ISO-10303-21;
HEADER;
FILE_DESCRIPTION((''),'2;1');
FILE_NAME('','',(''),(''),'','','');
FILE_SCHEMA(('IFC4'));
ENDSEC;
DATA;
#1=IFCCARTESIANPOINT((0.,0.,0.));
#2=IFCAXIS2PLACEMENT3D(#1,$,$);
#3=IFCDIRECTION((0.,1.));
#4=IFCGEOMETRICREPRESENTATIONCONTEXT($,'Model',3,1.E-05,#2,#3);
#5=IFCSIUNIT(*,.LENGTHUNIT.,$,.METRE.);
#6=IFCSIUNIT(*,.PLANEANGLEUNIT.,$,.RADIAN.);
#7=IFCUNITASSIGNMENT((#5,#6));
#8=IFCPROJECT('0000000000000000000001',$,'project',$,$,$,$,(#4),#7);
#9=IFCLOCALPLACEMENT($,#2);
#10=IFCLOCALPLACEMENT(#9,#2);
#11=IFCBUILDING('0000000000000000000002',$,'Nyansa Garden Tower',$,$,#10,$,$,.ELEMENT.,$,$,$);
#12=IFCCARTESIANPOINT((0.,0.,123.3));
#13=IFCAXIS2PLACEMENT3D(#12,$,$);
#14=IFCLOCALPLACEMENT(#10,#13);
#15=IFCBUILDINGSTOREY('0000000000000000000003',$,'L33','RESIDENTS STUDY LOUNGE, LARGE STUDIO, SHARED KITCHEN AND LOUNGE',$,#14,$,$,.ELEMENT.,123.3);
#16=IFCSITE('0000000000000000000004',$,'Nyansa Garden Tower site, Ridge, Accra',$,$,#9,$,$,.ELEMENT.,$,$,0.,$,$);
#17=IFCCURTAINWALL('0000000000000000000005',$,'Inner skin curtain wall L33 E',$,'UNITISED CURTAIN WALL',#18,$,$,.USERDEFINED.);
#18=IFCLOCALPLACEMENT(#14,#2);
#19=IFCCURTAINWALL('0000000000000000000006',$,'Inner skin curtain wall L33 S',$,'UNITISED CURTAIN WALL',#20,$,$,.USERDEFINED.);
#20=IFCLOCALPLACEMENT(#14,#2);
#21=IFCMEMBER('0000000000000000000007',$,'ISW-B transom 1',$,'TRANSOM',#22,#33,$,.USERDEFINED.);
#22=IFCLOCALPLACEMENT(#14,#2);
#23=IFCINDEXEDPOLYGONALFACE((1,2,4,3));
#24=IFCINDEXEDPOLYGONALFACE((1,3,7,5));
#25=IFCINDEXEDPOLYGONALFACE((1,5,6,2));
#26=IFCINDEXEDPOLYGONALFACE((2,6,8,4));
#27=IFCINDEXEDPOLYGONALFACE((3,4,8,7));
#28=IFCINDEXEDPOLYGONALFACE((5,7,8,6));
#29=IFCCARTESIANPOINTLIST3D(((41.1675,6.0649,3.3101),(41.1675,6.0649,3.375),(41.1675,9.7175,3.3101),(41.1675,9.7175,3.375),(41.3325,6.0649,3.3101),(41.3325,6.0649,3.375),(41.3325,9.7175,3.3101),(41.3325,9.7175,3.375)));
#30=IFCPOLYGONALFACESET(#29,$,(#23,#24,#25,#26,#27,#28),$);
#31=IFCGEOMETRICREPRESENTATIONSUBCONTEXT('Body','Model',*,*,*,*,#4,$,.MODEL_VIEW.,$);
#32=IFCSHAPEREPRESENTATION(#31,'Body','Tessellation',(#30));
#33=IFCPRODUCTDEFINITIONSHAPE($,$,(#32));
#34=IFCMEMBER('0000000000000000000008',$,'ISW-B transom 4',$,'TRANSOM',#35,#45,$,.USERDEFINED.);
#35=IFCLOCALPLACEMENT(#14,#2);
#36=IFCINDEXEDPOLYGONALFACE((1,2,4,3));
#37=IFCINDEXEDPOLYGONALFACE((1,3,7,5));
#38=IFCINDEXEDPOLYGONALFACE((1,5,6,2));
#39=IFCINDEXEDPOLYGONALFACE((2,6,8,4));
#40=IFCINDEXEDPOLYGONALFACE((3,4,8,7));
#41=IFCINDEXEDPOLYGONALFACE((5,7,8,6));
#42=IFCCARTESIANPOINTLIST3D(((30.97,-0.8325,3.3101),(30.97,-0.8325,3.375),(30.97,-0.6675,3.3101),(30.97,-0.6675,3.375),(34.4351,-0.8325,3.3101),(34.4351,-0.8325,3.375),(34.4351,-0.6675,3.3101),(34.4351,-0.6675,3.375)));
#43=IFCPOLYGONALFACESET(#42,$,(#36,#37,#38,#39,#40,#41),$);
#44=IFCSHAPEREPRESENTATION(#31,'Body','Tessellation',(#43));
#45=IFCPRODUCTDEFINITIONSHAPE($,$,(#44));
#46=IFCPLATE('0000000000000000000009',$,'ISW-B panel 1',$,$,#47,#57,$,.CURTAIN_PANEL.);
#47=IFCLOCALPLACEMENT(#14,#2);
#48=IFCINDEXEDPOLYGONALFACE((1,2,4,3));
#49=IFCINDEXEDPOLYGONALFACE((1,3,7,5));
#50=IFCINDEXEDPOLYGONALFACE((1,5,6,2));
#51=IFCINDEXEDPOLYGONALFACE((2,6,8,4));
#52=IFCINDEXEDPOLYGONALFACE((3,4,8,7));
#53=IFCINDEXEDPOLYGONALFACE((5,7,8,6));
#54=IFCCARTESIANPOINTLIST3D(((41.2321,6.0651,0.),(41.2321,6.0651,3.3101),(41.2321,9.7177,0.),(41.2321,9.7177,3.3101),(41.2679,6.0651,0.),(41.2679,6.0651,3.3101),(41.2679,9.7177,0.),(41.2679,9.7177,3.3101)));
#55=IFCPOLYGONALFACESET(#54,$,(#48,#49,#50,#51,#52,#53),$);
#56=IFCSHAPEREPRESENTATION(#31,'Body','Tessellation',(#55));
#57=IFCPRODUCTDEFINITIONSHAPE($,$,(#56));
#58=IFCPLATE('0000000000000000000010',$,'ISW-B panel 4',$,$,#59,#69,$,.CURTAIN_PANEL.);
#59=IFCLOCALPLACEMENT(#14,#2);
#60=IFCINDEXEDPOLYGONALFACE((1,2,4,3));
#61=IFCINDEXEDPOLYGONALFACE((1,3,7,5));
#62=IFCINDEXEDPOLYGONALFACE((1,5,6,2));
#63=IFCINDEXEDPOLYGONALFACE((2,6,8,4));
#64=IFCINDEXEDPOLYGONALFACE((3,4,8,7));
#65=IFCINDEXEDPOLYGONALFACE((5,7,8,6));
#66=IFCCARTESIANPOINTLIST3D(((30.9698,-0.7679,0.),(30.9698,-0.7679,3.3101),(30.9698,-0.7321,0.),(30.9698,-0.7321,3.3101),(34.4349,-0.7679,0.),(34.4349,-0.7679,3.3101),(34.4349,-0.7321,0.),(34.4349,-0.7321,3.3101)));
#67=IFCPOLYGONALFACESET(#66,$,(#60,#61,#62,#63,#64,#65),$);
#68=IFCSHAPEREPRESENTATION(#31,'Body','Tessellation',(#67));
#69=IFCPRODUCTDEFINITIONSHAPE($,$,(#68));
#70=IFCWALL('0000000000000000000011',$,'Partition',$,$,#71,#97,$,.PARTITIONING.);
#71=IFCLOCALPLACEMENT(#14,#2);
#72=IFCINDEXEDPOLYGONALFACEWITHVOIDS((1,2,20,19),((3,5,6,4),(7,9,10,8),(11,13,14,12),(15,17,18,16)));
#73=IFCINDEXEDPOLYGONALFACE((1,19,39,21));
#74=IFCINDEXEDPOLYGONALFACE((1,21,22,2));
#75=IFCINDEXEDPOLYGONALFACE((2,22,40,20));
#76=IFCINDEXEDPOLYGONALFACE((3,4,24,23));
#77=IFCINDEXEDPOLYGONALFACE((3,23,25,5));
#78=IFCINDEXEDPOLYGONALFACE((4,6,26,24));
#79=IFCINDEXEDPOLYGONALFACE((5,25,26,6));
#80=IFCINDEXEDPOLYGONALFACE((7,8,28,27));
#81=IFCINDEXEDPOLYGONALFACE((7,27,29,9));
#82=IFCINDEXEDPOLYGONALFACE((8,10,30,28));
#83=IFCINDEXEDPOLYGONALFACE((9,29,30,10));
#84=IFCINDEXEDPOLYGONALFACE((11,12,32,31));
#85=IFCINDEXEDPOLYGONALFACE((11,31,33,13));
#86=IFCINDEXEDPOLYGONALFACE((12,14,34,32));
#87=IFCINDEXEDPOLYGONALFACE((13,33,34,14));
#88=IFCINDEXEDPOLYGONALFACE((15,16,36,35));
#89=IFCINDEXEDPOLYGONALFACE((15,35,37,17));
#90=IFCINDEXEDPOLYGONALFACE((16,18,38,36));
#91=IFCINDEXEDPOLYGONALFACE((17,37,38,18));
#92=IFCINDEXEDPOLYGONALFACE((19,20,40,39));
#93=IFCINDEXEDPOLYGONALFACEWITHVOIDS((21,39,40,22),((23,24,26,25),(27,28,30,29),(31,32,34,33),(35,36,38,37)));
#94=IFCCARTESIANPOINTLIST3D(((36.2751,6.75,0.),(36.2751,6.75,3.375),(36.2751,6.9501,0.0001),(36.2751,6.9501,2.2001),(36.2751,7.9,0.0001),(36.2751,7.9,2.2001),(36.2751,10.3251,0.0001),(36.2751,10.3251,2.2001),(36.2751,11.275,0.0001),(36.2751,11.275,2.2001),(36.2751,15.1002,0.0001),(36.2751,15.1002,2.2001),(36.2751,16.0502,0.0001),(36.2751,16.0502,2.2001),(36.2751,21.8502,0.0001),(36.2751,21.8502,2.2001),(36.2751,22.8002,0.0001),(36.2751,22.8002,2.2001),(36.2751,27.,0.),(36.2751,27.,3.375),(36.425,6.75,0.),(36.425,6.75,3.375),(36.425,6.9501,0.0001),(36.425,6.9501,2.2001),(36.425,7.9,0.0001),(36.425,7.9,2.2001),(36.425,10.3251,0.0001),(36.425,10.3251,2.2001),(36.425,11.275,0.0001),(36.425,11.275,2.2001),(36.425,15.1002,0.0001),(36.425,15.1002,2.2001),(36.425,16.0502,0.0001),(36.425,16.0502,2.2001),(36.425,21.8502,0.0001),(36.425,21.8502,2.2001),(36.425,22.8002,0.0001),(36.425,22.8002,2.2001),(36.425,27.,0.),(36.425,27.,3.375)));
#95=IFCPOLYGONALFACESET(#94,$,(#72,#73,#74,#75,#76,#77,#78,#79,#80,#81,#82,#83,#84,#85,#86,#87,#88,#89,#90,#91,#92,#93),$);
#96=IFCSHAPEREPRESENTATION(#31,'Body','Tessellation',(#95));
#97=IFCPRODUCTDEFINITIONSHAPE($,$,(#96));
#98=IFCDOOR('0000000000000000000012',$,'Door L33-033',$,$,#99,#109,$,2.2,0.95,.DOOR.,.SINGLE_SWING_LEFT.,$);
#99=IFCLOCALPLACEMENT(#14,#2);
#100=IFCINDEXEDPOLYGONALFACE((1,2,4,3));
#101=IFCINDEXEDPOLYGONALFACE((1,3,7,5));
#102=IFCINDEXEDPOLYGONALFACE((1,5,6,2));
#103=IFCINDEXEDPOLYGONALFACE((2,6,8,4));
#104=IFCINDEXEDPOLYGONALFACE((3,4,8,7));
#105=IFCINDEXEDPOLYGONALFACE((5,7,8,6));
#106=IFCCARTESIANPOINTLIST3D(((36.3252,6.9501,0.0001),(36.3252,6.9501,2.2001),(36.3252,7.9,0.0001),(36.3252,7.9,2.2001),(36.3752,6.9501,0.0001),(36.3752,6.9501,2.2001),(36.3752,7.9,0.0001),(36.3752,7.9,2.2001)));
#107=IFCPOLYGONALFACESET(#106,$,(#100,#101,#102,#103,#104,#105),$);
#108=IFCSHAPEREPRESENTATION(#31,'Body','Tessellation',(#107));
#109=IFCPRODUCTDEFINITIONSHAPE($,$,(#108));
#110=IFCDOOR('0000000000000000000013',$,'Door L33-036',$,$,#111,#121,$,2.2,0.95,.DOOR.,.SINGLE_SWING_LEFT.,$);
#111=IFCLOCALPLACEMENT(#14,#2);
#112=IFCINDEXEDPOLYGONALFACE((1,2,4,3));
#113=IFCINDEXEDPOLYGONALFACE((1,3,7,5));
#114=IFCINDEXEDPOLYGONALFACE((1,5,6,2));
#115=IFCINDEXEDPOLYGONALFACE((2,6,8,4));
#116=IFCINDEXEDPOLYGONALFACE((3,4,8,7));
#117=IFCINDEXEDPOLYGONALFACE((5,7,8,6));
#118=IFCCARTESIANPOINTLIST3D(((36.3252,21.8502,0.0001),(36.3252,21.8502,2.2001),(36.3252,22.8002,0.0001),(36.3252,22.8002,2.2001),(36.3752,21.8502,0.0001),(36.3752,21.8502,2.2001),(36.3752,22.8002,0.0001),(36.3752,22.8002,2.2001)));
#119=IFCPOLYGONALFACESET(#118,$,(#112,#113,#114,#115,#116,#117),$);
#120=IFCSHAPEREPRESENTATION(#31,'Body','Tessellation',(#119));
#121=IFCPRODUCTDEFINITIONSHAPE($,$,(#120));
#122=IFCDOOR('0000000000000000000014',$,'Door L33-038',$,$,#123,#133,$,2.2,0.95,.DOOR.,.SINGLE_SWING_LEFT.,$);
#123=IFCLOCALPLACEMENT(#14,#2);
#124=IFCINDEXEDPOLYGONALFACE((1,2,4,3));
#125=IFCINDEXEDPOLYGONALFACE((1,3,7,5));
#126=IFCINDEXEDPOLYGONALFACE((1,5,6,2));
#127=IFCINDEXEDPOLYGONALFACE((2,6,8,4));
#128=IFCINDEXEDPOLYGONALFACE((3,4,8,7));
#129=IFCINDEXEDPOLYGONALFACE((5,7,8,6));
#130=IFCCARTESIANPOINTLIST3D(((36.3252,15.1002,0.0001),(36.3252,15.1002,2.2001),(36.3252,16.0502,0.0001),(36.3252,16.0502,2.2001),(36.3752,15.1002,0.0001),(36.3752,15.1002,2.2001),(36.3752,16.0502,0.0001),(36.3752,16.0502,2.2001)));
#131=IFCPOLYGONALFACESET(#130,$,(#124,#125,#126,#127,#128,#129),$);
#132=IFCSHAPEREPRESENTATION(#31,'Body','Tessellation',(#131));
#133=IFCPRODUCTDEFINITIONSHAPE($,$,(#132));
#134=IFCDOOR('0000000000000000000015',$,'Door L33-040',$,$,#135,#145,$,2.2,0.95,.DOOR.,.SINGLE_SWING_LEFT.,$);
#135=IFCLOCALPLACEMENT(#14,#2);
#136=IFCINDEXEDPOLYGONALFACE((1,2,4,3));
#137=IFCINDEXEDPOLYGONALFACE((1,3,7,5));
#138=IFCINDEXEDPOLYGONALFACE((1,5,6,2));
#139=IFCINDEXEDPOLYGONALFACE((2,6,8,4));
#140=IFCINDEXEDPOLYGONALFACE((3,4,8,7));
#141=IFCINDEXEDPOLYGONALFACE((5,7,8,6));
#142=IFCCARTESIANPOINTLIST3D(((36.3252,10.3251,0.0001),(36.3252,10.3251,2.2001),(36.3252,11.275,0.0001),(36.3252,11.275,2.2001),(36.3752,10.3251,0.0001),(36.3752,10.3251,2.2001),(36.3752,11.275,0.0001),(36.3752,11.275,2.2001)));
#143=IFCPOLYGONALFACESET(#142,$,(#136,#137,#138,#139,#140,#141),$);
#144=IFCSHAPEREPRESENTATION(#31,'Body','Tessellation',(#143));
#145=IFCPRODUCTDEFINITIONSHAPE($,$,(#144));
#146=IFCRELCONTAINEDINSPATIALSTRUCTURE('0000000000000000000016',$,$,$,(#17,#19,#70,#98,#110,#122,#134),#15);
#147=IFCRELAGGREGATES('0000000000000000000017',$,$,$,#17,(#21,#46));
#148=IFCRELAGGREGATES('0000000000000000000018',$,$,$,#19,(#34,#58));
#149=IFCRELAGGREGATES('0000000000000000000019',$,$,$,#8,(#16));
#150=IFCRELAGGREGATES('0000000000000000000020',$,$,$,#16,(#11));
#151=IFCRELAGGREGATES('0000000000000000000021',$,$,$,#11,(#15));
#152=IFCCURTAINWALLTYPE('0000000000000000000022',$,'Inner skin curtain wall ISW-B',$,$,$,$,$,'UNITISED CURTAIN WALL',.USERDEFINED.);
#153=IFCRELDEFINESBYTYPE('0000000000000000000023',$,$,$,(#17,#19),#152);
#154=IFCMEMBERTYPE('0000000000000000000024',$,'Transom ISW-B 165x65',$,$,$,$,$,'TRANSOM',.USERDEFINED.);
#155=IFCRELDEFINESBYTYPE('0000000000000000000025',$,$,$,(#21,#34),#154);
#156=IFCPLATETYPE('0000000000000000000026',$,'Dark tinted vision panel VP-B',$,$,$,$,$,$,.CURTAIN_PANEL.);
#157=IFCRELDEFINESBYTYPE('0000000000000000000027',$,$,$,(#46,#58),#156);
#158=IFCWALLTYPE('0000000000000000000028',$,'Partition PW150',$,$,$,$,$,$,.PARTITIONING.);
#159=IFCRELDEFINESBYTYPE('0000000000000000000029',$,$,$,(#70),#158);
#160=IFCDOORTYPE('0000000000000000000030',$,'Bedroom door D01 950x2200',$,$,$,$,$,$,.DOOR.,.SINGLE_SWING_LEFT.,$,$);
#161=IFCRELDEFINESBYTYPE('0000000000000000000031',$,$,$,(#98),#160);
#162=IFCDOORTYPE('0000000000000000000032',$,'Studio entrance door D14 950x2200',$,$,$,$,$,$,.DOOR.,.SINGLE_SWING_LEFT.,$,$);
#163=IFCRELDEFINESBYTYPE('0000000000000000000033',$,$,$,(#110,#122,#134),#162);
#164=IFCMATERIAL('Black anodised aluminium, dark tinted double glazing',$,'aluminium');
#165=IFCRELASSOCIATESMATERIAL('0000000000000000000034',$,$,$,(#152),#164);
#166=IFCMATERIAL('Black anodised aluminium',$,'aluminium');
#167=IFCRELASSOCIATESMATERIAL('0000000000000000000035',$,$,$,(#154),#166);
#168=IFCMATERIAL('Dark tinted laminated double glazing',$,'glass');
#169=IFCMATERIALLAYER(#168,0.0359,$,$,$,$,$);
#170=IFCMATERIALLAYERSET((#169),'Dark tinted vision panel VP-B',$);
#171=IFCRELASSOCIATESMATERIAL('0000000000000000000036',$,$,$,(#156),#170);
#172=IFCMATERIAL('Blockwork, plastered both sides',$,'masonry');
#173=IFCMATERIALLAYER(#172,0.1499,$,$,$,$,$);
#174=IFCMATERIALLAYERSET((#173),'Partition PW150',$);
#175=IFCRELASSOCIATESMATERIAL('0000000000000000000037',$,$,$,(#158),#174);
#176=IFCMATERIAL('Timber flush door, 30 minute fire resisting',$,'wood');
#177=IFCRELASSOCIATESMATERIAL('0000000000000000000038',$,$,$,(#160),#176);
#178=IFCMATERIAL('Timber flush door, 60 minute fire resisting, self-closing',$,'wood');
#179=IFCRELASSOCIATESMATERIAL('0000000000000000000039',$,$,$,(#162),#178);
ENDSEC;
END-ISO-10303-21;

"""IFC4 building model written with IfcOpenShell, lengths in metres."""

from ifc_helpers import new_model, si_unit, direction, frame, frame_2d, origin, origin_2d, place, context, subcontext, project, spatial, rectangle, extrude, material, layer, layer_set, material_profile, profile_set, type_object, element, fill, aggregate, save


model = new_model("IFC4")

# Units and contexts
model_context = context("Model", 3, precision=1e-05, world=origin(), true_north=direction((0.0, 1.0)))
body_context = subcontext(model_context, "Body", "Model", "MODEL_VIEW")
ifc_project = project(units=[si_unit("LENGTHUNIT", "METRE"), si_unit("PLANEANGLEUNIT", "RADIAN")], contexts=[model_context])

# Site, building, storey
site_placement = place(None, origin())
site = spatial("IfcSite", under=ifc_project, at=site_placement, Name="Nyansa Garden Tower site, Ridge, Accra", CompositionType="ELEMENT", RefElevation=0.0)
building_placement = place(site_placement, origin())
building = spatial("IfcBuilding", under=site, at=building_placement, Name="Nyansa Garden Tower", CompositionType="ELEMENT")
storey_placement = place(building_placement, frame((0.0, 0.0, 123.3)))
storey = spatial("IfcBuildingStorey", under=building, at=storey_placement, Name="L33", Description="RESIDENTS STUDY LOUNGE, LARGE STUDIO, SHARED KITCHEN AND LOUNGE", CompositionType="ELEMENT", Elevation=123.3)

# Curtain wall
ifc_material_1 = material(Name="Black anodised aluminium, dark tinted double glazing", Category="aluminium")
curtain_wall_type = type_object("IfcCurtainWallType", Name="Inner skin curtain wall ISW-B", ElementType="UNITISED CURTAIN WALL", PredefinedType="USERDEFINED", material=ifc_material_1)
curtain_wall_1_placement = place(storey_placement, origin())
curtain_wall_1 = element("IfcCurtainWall", 1, at=curtain_wall_1_placement, inside=storey, type_object=curtain_wall_type, Name="Inner skin curtain wall L33 E", ObjectType="UNITISED CURTAIN WALL", PredefinedType="USERDEFINED")

# Curtain wall
curtain_wall_2_placement = place(storey_placement, origin())
curtain_wall_2 = element("IfcCurtainWall", 2, at=curtain_wall_2_placement, inside=storey, type_object=curtain_wall_type, Name="Inner skin curtain wall L33 S", ObjectType="UNITISED CURTAIN WALL", PredefinedType="USERDEFINED")

# Members
ifc_material_2 = material(Name="Black anodised aluminium", Category="aluminium")
ifc_material_profile_1 = material_profile(ifc_material_2, rectangle(XDim=0.165, YDim=0.0649, at=origin_2d()), Name="Transom 165x65")
ifc_profile_set_1 = profile_set([ifc_material_profile_1], Name="Black anodised aluminium")
member_type_1 = type_object("IfcMemberType", Name="Transom ISW-B 165x65", ElementType="TRANSOM", PredefinedType="USERDEFINED", material=ifc_profile_set_1)
member_1_placement = place(storey_placement, frame((41.25, 6.0649, 3.3425), z_axis=(0.0, 1.0, 0.0), x_axis=(-1.0, 0.0, 0.0)))
member_1 = element("IfcMember", 3, at=member_1_placement, type_object=member_type_1, Name="ISW-B transom 1", ObjectType="TRANSOM", PredefinedType="USERDEFINED", context=body_context, shape_type="SweptSolid", body=[
    extrude(rectangle(XDim=0.165, YDim=0.0649, at=origin_2d()), origin(), (0.0, 0.0, 1.0), 3.6526),
])
member_2_placement = place(storey_placement, frame((30.97, -0.75, 3.3425), z_axis=(1.0, 0.0, 0.0), x_axis=(0.0, 1.0, 0.0)))
member_2 = element("IfcMember", 4, at=member_2_placement, type_object=member_type_1, Name="ISW-B transom 4", ObjectType="TRANSOM", PredefinedType="USERDEFINED", context=body_context, shape_type="SweptSolid", body=[
    extrude(rectangle(XDim=0.165, YDim=0.0649, at=origin_2d()), origin(), (0.0, 0.0, 1.0), 3.4651),
])

# Plates
ifc_material_3 = material(Name="Dark tinted laminated double glazing", Category="glass")
ifc_layer_1 = layer(ifc_material_3, 0.0359)
ifc_layer_set_1 = layer_set([ifc_layer_1], Name="Dark tinted vision panel VP-B")
plate_type = type_object("IfcPlateType", Name="Dark tinted vision panel VP-B", PredefinedType="CURTAIN_PANEL", material=ifc_layer_set_1)
plate_1_placement = place(storey_placement, frame((41.25, 7.8914, 0.0), z_axis=(0.0, 0.0, 1.0), x_axis=(0.0, 1.0, 0.0)))
plate_1 = element("IfcPlate", 5, at=plate_1_placement, type_object=plate_type, Name="ISW-B panel 1", PredefinedType="CURTAIN_PANEL", context=body_context, shape_type="SweptSolid", body=[
    extrude(rectangle(XDim=3.6526, YDim=0.0359, at=origin_2d()), origin(), (0.0, 0.0, 1.0), 3.3101),
])
aggregate(curtain_wall_1, [member_1, plate_1])
plate_2_placement = place(storey_placement, frame((32.7024, -0.75, 0.0), z_axis=(0.0, 0.0, 1.0), x_axis=(1.0, 0.0, 0.0)))
plate_2 = element("IfcPlate", 6, at=plate_2_placement, type_object=plate_type, Name="ISW-B panel 4", PredefinedType="CURTAIN_PANEL", context=body_context, shape_type="SweptSolid", body=[
    extrude(rectangle(XDim=3.4651, YDim=0.0359, at=origin_2d()), origin(), (0.0, 0.0, 1.0), 3.3101),
])
aggregate(curtain_wall_2, [member_2, plate_2])

# Wall, openings, doors
ifc_material_4 = material(Name="Blockwork, plastered both sides", Category="masonry")
ifc_layer_2 = layer(ifc_material_4, 0.1499)
ifc_layer_set_2 = layer_set([ifc_layer_2], Name="Partition PW150")
wall_type_1 = type_object("IfcWallType", Name="Partition PW150", PredefinedType="PARTITIONING", material=ifc_layer_set_2)
wall_1_placement = place(storey_placement, frame((36.3501, 6.75, 0.0), z_axis=(0.0, 0.0, 1.0), x_axis=(0.0, 1.0, 0.0)))
wall_1 = element("IfcWall", 7, at=wall_1_placement, inside=storey, type_object=wall_type_1, Name="Partition", PredefinedType="PARTITIONING", context=body_context, shape_type="SweptSolid", body=[
    extrude(rectangle(XDim=20.25, YDim=0.1499, at=frame_2d((10.125, 0.0))), origin(), (0.0, 0.0, 1.0), 3.375),
])
opening_1_placement = place(wall_1_placement, frame((0.2, 0.0, 0.0)))
opening_1 = element("IfcOpeningElement", 8, at=opening_1_placement, cuts=wall_1, PredefinedType="OPENING", context=body_context, shape_type="SweptSolid", body=[
    extrude(rectangle(XDim=0.95, YDim=2.2, at=frame_2d((0.4751, 1.1001))), frame((0.0, 0.085, 0.0), z_axis=(0.0, -1.0, 0.0), x_axis=(1.0, 0.0, 0.0)), (0.0, 0.0, 1.0), 0.1699),
])
opening_2_placement = place(wall_1_placement, frame((15.1001, 0.0, 0.0)))
opening_2 = element("IfcOpeningElement", 9, at=opening_2_placement, cuts=wall_1, PredefinedType="OPENING", context=body_context, shape_type="SweptSolid", body=[
    extrude(rectangle(XDim=0.95, YDim=2.2, at=frame_2d((0.4751, 1.1001))), frame((0.0, 0.085, 0.0), z_axis=(0.0, -1.0, 0.0), x_axis=(1.0, 0.0, 0.0)), (0.0, 0.0, 1.0), 0.1699),
])
opening_3_placement = place(wall_1_placement, frame((8.3501, 0.0, 0.0)))
opening_3 = element("IfcOpeningElement", 10, at=opening_3_placement, cuts=wall_1, PredefinedType="OPENING", context=body_context, shape_type="SweptSolid", body=[
    extrude(rectangle(XDim=0.95, YDim=2.2, at=frame_2d((0.4751, 1.1001))), frame((0.0, 0.085, 0.0), z_axis=(0.0, -1.0, 0.0), x_axis=(1.0, 0.0, 0.0)), (0.0, 0.0, 1.0), 0.1699),
])
opening_4_placement = place(wall_1_placement, frame((3.575, 0.0, 0.0)))
opening_4 = element("IfcOpeningElement", 11, at=opening_4_placement, cuts=wall_1, PredefinedType="OPENING", context=body_context, shape_type="SweptSolid", body=[
    extrude(rectangle(XDim=0.95, YDim=2.2, at=frame_2d((0.4751, 1.1001))), frame((0.0, 0.085, 0.0), z_axis=(0.0, -1.0, 0.0), x_axis=(1.0, 0.0, 0.0)), (0.0, 0.0, 1.0), 0.1699),
])
ifc_material_5 = material(Name="Timber flush door, 30 minute fire resisting", Category="wood")
door_type_1 = type_object("IfcDoorType", Name="Bedroom door D01 950x2200", OperationType="SINGLE_SWING_LEFT", PredefinedType="DOOR", material=ifc_material_5)
door_1_placement = place(opening_1_placement, origin())
door_1 = element("IfcDoor", 12, at=door_1_placement, inside=storey, type_object=door_type_1, Name="Door L33-033", OperationType="SINGLE_SWING_LEFT", OverallHeight=2.2, OverallWidth=0.95, PredefinedType="DOOR", context=body_context, shape_type="SweptSolid", body=[
    extrude(rectangle(XDim=0.95, YDim=2.2, at=frame_2d((0.4751, 1.1001))), frame((0.0, 0.0249, 0.0), z_axis=(0.0, -1.0, 0.0), x_axis=(1.0, 0.0, 0.0)), (0.0, 0.0, 1.0), 0.05),
])
fill(opening_1, door_1)
ifc_material_6 = material(Name="Timber flush door, 60 minute fire resisting, self-closing", Category="wood")
door_type_2 = type_object("IfcDoorType", Name="Studio entrance door D14 950x2200", OperationType="SINGLE_SWING_LEFT", PredefinedType="DOOR", material=ifc_material_6)
door_2_placement = place(opening_2_placement, origin())
door_2 = element("IfcDoor", 13, at=door_2_placement, inside=storey, type_object=door_type_2, Name="Door L33-036", OperationType="SINGLE_SWING_LEFT", OverallHeight=2.2, OverallWidth=0.95, PredefinedType="DOOR", context=body_context, shape_type="SweptSolid", body=[
    extrude(rectangle(XDim=0.95, YDim=2.2, at=frame_2d((0.4751, 1.1001))), frame((0.0, 0.0249, 0.0), z_axis=(0.0, -1.0, 0.0), x_axis=(1.0, 0.0, 0.0)), (0.0, 0.0, 1.0), 0.05),
])
fill(opening_2, door_2)
door_3_placement = place(opening_3_placement, origin())
door_3 = element("IfcDoor", 14, at=door_3_placement, inside=storey, type_object=door_type_2, Name="Door L33-038", OperationType="SINGLE_SWING_LEFT", OverallHeight=2.2, OverallWidth=0.95, PredefinedType="DOOR", context=body_context, shape_type="SweptSolid", body=[
    extrude(rectangle(XDim=0.95, YDim=2.2, at=frame_2d((0.4751, 1.1001))), frame((0.0, 0.0249, 0.0), z_axis=(0.0, -1.0, 0.0), x_axis=(1.0, 0.0, 0.0)), (0.0, 0.0, 1.0), 0.05),
])
fill(opening_3, door_3)
door_4_placement = place(opening_4_placement, origin())
door_4 = element("IfcDoor", 15, at=door_4_placement, inside=storey, type_object=door_type_2, Name="Door L33-040", OperationType="SINGLE_SWING_LEFT", OverallHeight=2.2, OverallWidth=0.95, PredefinedType="DOOR", context=body_context, shape_type="SweptSolid", body=[
    extrude(rectangle(XDim=0.95, YDim=2.2, at=frame_2d((0.4751, 1.1001))), frame((0.0, 0.0249, 0.0), z_axis=(0.0, -1.0, 0.0), x_axis=(1.0, 0.0, 0.0)), (0.0, 0.0, 1.0), 0.05),
])
fill(opening_4, door_4)

save(model, "model.ifc")
